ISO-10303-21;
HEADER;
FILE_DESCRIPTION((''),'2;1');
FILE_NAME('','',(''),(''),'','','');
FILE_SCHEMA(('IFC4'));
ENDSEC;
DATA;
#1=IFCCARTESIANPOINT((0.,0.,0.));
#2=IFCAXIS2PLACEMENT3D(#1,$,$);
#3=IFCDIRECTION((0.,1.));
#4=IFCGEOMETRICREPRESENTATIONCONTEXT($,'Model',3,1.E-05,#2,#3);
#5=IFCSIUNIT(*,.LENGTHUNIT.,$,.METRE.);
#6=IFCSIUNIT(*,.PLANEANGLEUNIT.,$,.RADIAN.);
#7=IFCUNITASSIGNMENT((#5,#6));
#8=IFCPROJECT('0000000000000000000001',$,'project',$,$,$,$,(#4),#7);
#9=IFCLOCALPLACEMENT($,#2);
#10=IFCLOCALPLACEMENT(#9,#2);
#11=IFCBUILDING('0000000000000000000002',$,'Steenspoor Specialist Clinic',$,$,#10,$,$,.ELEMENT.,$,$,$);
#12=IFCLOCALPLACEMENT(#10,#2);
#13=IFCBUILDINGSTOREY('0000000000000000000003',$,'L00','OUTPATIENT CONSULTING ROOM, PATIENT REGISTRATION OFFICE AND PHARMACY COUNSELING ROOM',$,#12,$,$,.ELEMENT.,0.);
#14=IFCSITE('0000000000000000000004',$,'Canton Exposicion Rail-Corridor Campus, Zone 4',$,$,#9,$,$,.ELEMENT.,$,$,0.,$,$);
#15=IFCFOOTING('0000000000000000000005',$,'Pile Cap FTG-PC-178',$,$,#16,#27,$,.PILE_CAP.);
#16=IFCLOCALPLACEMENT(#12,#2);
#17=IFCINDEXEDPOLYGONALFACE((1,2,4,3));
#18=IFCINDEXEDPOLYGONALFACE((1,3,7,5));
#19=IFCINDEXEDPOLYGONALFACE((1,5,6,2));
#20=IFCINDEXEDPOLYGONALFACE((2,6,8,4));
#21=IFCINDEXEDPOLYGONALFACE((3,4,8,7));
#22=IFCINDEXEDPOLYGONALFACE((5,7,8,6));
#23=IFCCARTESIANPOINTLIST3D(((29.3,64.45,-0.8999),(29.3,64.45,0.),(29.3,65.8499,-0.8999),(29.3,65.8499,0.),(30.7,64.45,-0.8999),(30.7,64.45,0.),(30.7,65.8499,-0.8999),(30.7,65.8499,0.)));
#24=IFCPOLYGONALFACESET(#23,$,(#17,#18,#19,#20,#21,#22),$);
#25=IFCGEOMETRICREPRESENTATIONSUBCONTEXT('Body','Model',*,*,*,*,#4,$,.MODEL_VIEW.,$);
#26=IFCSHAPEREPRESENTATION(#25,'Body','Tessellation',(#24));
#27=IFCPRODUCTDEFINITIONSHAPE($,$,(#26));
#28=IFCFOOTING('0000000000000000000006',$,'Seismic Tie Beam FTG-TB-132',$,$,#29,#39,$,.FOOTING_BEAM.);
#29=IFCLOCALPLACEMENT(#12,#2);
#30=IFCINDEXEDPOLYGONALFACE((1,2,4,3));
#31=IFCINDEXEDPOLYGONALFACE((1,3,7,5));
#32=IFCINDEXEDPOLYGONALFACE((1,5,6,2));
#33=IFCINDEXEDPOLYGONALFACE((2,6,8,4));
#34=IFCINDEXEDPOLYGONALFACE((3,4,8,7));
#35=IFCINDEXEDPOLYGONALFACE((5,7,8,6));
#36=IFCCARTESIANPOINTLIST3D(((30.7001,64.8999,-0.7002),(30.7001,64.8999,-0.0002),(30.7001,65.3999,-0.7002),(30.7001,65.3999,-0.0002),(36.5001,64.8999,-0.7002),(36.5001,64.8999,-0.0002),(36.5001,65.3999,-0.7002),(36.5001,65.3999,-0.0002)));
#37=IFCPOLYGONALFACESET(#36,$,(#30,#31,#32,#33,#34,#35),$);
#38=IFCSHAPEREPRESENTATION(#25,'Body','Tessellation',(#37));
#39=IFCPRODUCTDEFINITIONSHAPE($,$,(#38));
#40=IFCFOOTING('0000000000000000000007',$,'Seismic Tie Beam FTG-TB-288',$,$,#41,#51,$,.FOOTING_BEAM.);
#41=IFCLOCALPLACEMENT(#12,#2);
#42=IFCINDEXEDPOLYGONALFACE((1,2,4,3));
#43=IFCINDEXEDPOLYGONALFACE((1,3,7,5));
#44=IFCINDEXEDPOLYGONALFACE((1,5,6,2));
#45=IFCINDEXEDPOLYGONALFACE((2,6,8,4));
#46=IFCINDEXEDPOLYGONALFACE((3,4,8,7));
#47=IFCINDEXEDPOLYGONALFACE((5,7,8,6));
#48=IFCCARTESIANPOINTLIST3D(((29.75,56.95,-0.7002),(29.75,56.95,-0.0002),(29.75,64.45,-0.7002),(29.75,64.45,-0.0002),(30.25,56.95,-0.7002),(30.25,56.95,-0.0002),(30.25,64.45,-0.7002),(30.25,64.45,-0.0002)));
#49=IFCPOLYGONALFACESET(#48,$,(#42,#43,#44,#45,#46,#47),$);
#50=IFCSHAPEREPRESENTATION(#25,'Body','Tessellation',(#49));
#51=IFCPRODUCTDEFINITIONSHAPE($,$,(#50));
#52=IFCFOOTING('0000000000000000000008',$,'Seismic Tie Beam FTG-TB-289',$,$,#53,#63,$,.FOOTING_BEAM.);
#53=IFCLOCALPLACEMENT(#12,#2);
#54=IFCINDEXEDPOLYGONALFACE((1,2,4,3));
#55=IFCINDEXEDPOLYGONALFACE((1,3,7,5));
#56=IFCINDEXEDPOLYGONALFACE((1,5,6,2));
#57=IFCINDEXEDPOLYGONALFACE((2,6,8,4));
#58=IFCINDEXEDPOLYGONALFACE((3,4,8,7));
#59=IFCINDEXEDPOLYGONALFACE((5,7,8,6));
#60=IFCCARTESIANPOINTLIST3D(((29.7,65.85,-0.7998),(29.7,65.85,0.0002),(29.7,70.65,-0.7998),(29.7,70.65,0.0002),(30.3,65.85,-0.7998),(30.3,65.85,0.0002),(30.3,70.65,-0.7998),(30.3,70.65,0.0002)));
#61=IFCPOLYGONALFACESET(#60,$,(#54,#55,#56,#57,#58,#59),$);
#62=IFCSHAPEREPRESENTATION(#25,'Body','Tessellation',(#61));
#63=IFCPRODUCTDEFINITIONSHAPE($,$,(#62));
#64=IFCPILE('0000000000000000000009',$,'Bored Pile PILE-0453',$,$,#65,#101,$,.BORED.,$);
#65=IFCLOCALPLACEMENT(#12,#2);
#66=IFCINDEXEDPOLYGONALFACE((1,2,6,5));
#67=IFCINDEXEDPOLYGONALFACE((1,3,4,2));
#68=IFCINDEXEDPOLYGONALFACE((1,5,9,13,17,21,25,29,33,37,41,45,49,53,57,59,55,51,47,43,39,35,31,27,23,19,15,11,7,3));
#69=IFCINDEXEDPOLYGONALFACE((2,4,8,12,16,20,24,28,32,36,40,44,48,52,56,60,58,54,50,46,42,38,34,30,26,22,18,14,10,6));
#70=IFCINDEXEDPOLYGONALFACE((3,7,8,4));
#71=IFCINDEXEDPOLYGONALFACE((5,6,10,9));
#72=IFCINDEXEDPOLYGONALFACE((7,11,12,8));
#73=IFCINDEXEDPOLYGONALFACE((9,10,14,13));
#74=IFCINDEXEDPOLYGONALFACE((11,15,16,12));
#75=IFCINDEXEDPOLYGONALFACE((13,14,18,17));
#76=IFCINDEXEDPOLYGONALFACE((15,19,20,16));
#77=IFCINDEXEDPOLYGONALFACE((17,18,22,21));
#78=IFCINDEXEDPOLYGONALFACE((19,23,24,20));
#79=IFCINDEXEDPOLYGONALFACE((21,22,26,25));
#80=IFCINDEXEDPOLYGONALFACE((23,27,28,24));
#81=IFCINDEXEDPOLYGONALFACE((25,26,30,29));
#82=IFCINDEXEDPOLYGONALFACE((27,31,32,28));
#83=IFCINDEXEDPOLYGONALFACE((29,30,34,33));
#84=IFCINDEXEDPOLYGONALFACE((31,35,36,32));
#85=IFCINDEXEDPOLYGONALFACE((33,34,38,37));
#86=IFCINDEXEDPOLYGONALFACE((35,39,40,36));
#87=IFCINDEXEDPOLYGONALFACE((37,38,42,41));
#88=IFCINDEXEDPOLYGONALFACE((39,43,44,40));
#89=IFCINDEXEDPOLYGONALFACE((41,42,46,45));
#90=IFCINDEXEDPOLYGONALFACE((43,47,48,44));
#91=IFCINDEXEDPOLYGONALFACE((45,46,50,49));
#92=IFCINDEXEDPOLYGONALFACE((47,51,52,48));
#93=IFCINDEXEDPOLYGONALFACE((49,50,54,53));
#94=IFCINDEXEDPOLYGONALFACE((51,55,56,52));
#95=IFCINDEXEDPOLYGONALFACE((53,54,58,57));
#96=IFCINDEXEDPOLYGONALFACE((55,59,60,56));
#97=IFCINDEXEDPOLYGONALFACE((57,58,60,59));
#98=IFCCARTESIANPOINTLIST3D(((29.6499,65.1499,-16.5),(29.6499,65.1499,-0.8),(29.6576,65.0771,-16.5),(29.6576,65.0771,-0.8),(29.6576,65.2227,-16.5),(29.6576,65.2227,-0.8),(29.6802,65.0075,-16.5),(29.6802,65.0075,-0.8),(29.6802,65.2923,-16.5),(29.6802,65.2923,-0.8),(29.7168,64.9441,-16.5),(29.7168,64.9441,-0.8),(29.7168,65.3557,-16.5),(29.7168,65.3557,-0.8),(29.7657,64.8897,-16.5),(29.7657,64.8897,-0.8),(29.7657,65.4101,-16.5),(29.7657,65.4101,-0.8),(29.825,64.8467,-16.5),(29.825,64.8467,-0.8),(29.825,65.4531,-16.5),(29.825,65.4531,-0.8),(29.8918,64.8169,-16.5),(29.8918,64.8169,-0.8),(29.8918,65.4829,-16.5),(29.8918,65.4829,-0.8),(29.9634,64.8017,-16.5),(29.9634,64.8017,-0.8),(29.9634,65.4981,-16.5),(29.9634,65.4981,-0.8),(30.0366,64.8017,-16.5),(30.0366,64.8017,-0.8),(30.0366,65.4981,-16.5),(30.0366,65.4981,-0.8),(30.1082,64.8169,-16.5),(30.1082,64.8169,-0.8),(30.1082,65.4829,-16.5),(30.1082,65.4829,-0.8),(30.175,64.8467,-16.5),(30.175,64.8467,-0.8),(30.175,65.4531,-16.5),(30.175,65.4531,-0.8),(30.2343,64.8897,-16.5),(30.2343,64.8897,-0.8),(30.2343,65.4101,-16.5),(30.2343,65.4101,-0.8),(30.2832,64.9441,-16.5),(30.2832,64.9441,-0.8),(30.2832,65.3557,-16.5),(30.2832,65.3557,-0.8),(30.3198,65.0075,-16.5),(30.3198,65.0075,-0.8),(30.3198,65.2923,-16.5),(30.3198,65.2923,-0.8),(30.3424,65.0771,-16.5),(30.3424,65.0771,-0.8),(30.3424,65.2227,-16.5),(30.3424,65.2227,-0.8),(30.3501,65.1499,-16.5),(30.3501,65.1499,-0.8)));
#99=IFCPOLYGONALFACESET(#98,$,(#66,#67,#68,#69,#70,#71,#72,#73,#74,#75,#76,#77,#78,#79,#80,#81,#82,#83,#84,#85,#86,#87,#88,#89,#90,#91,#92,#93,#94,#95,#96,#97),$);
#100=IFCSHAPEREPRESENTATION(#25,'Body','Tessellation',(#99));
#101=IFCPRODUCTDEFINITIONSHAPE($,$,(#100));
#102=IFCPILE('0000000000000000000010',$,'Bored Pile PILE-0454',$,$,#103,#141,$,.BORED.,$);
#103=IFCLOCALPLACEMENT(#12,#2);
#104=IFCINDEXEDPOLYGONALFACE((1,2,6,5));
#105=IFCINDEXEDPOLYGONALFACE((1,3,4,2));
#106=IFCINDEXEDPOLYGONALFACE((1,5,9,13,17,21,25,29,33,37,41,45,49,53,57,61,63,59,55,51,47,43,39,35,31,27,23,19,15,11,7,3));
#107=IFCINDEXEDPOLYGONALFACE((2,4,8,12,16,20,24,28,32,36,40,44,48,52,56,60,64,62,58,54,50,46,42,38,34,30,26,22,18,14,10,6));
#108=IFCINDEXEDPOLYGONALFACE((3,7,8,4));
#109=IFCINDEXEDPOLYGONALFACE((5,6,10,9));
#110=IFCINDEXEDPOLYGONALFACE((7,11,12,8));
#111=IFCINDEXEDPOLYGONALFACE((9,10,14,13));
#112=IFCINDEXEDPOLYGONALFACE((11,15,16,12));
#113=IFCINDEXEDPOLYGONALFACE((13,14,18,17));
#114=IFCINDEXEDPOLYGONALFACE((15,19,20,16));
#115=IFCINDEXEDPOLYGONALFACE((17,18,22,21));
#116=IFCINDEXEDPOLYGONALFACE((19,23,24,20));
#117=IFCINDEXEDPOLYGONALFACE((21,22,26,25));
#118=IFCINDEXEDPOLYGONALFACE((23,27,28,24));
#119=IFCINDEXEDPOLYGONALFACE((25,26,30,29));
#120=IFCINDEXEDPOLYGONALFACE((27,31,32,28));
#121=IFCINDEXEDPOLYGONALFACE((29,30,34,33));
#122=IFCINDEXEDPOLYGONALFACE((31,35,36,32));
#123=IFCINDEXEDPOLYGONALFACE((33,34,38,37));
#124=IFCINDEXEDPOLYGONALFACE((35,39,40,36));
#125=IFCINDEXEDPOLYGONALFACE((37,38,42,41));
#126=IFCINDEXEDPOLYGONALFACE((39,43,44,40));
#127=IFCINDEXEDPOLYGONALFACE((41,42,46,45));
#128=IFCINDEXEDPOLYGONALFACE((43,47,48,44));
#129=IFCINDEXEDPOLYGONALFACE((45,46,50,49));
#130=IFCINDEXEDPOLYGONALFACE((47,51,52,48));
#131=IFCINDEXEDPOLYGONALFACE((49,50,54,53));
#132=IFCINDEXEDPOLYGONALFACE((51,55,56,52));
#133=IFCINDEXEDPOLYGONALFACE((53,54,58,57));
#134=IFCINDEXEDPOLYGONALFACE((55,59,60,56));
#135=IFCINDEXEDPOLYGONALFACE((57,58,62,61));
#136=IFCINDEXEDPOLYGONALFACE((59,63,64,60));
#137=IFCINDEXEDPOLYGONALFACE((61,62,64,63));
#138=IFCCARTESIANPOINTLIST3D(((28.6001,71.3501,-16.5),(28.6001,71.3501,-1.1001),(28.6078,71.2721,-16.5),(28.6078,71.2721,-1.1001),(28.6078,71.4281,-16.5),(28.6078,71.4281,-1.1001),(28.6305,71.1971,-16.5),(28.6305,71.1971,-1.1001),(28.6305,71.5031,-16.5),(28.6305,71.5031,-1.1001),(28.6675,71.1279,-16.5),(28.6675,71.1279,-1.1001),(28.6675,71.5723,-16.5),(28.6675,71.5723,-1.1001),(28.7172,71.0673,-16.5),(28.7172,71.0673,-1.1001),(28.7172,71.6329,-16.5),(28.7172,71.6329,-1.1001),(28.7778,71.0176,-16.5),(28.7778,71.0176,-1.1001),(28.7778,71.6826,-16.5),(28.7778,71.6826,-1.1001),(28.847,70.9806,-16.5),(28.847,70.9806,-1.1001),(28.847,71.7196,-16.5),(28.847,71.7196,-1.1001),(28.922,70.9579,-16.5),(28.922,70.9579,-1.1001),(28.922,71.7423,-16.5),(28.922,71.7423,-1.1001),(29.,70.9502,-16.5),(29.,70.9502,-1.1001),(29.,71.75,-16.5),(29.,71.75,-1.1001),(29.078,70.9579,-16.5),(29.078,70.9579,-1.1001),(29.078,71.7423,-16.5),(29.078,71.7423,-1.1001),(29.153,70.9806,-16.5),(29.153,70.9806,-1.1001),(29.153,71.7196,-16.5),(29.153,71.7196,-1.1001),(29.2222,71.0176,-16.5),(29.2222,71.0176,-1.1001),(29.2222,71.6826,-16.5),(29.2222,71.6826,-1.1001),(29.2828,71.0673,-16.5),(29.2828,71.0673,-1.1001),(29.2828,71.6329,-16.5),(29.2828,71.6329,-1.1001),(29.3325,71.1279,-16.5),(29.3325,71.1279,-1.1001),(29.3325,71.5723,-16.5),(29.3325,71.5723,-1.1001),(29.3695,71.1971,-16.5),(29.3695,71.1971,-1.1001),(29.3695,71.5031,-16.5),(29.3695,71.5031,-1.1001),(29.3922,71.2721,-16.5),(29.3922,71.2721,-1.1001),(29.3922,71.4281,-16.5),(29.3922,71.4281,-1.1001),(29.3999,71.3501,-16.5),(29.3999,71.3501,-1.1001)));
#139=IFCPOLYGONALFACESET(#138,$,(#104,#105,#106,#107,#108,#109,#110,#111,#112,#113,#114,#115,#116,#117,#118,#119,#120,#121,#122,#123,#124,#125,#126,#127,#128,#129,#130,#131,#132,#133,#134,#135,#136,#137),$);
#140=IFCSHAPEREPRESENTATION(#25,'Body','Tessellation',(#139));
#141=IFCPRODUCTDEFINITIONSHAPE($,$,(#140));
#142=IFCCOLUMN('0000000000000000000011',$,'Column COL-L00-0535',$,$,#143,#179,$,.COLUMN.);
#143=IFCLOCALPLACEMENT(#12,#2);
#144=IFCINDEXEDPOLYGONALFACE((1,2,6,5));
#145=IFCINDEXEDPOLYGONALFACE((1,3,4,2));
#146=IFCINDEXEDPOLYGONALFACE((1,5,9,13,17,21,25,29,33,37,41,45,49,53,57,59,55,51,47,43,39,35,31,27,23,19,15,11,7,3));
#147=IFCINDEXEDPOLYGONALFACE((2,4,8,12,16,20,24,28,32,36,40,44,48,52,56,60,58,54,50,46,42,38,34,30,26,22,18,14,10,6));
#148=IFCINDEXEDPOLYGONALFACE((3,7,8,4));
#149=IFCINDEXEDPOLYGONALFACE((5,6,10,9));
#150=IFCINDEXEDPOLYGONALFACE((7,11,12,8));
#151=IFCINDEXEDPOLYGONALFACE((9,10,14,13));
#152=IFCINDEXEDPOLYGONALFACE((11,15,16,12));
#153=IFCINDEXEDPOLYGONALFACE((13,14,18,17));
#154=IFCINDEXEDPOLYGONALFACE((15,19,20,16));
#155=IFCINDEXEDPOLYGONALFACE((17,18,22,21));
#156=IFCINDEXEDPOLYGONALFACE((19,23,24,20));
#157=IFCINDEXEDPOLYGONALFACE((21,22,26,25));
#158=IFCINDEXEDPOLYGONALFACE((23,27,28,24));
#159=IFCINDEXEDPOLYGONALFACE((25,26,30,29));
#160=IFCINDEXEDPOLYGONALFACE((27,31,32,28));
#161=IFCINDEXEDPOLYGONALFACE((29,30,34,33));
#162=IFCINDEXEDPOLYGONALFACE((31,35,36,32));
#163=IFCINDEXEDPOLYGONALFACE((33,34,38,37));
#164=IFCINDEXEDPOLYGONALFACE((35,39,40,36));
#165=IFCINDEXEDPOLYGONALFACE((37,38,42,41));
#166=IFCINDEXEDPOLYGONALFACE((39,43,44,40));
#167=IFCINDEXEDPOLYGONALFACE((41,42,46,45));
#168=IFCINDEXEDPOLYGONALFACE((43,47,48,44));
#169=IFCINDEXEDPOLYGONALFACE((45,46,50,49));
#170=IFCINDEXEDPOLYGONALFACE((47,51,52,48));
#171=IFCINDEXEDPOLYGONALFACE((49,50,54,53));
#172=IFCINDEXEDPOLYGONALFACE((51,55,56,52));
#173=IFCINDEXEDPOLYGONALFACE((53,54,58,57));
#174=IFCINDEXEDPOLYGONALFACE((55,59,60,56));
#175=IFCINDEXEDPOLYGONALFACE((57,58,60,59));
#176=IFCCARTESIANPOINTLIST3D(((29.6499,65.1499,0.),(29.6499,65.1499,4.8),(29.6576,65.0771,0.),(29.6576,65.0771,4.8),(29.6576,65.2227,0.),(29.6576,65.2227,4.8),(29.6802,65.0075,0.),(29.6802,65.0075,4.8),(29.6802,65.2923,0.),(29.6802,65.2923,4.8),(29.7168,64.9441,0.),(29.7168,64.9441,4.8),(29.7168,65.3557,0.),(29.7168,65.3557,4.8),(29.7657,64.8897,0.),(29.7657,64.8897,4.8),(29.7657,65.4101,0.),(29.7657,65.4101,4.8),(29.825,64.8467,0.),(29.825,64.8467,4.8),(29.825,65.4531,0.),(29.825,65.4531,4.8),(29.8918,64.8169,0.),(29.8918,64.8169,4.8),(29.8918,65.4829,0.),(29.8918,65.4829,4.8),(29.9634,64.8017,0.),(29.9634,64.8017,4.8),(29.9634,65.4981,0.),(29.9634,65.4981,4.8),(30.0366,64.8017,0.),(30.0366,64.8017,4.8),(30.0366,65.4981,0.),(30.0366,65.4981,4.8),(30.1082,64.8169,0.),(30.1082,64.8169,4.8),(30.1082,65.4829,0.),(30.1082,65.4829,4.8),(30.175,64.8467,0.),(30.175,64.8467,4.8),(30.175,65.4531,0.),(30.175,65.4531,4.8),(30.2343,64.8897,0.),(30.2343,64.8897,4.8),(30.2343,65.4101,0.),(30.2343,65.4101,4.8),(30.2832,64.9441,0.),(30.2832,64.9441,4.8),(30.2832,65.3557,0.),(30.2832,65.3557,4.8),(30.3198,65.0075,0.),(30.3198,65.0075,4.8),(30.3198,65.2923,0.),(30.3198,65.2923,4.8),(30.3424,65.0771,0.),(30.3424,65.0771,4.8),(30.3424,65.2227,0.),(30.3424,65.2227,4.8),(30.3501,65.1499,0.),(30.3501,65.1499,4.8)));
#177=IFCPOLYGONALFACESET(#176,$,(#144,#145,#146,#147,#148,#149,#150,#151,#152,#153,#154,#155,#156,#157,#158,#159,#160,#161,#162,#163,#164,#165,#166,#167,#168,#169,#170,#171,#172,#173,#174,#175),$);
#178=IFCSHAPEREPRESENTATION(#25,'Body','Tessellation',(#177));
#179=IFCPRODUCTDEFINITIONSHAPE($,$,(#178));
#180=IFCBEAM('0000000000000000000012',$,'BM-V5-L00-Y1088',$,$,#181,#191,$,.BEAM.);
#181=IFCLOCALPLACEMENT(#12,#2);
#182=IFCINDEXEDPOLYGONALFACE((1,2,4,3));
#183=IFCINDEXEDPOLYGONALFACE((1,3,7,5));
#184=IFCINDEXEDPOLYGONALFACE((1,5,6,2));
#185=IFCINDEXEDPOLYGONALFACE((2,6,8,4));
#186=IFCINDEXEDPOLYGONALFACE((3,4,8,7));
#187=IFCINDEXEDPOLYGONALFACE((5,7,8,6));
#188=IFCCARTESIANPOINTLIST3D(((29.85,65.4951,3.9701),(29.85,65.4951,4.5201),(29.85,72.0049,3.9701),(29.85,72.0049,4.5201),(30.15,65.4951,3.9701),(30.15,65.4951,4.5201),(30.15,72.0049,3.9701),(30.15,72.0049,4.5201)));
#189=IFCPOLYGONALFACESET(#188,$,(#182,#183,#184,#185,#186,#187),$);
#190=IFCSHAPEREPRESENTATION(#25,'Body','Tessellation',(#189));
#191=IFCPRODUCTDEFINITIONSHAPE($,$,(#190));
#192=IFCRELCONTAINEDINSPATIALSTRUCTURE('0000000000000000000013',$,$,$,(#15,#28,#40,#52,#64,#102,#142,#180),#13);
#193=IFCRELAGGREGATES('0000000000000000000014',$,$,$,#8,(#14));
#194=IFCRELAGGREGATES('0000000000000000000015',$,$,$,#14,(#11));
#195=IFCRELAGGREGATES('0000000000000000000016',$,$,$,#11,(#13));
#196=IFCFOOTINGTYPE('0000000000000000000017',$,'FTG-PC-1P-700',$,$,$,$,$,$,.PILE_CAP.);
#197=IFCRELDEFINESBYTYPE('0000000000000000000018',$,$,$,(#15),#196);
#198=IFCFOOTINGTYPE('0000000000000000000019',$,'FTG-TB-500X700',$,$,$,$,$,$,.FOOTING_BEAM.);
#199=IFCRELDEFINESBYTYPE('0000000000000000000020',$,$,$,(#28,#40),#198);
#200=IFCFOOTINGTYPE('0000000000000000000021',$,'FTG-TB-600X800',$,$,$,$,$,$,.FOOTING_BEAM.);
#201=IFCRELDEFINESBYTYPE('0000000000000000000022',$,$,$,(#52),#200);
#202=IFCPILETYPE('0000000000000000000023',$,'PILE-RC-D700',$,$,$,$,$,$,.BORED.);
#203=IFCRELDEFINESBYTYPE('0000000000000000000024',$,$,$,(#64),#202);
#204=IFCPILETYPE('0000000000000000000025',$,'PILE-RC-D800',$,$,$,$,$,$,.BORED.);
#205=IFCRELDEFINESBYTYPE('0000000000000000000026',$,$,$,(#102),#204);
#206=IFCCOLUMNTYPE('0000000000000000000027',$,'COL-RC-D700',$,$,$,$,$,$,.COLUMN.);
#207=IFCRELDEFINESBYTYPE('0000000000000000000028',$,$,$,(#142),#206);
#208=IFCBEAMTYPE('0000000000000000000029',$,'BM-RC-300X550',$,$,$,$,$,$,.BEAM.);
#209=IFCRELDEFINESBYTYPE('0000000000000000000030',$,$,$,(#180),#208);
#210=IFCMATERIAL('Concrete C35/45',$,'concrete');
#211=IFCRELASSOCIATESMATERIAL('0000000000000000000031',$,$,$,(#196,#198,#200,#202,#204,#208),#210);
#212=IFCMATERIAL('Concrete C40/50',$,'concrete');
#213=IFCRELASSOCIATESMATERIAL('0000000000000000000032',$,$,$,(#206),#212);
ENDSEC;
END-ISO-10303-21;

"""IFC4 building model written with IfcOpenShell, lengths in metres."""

from ifc_helpers import new_model, si_unit, direction, frame, origin, origin_2d, place, context, subcontext, project, spatial, rectangle, circle, extrude, material, material_profile, profile_set, type_object, element, save


model = new_model("IFC4")

# Units and contexts
model_context = context("Model", 3, precision=1e-05, world=origin(), true_north=direction((0.0, 1.0)))
body_context = subcontext(model_context, "Body", "Model", "MODEL_VIEW")
ifc_project = project(units=[si_unit("LENGTHUNIT", "METRE"), si_unit("PLANEANGLEUNIT", "RADIAN")], contexts=[model_context])

# Site, building, storey
site_placement = place(None, origin())
site = spatial("IfcSite", under=ifc_project, at=site_placement, Name="Canton Exposicion Rail-Corridor Campus, Zone 4", CompositionType="ELEMENT", RefElevation=0.0)
building_placement = place(site_placement, origin())
building = spatial("IfcBuilding", under=site, at=building_placement, Name="Steenspoor Specialist Clinic", CompositionType="ELEMENT")
storey_placement = place(building_placement, origin())
storey = spatial("IfcBuildingStorey", under=building, at=storey_placement, Name="L00", Description="OUTPATIENT CONSULTING ROOM, PATIENT REGISTRATION OFFICE AND PHARMACY COUNSELING ROOM", CompositionType="ELEMENT", Elevation=0.0)

# Footings
ifc_material_1 = material(Name="Concrete C35/45", Category="concrete")
footing_type_1 = type_object("IfcFootingType", Name="FTG-PC-1P-700", PredefinedType="PILE_CAP", material=ifc_material_1)
footing_1_placement = place(storey_placement, frame((30.0, 65.1499, -0.8999), z_axis=(0.0, 0.0, 1.0), x_axis=(1.0, 0.0, 0.0)))
element("IfcFooting", 1, at=footing_1_placement, inside=storey, type_object=footing_type_1, Name="Pile Cap FTG-PC-178", PredefinedType="PILE_CAP", context=body_context, shape_type="SweptSolid", body=[
    extrude(rectangle(XDim=1.3999, YDim=1.3999, at=origin_2d()), origin(), (0.0, 0.0, 1.0), 0.8999),
])
footing_type_2 = type_object("IfcFootingType", Name="FTG-TB-500X700", PredefinedType="FOOTING_BEAM", material=ifc_material_1)
footing_2_placement = place(storey_placement, frame((33.6001, 65.1499, -0.7002), z_axis=(0.0, 0.0, 1.0), x_axis=(1.0, 0.0, 0.0)))
element("IfcFooting", 2, at=footing_2_placement, inside=storey, type_object=footing_type_2, Name="Seismic Tie Beam FTG-TB-132", PredefinedType="FOOTING_BEAM", context=body_context, shape_type="SweptSolid", body=[
    extrude(rectangle(XDim=5.8, YDim=0.5, at=origin_2d()), origin(), (0.0, 0.0, 1.0), 0.7),
])
footing_3_placement = place(storey_placement, frame((30.0, 60.7, -0.7002), z_axis=(0.0, 0.0, 1.0), x_axis=(1.0, 0.0, 0.0)))
element("IfcFooting", 3, at=footing_3_placement, inside=storey, type_object=footing_type_2, Name="Seismic Tie Beam FTG-TB-288", PredefinedType="FOOTING_BEAM", context=body_context, shape_type="SweptSolid", body=[
    extrude(rectangle(XDim=0.5, YDim=7.5, at=origin_2d()), origin(), (0.0, 0.0, 1.0), 0.7),
])
footing_type_3 = type_object("IfcFootingType", Name="FTG-TB-600X800", PredefinedType="FOOTING_BEAM", material=ifc_material_1)
footing_4_placement = place(storey_placement, frame((30.0, 68.25, -0.7998), z_axis=(0.0, 0.0, 1.0), x_axis=(1.0, 0.0, 0.0)))
element("IfcFooting", 4, at=footing_4_placement, inside=storey, type_object=footing_type_3, Name="Seismic Tie Beam FTG-TB-289", PredefinedType="FOOTING_BEAM", context=body_context, shape_type="SweptSolid", body=[
    extrude(rectangle(XDim=0.6001, YDim=4.8, at=origin_2d()), origin(), (0.0, 0.0, 1.0), 0.8),
])

# Piles
ifc_material_profile_1 = material_profile(ifc_material_1, circle(Radius=0.3501, at=origin_2d()), Name="PILE-D700")
ifc_profile_set_1 = profile_set([ifc_material_profile_1], Name="Concrete C35/45")
pile_type_1 = type_object("IfcPileType", Name="PILE-RC-D700", PredefinedType="BORED", material=ifc_profile_set_1)
pile_1_placement = place(storey_placement, frame((30.0, 65.1499, -0.8), z_axis=(0.0, 0.0, -1.0), x_axis=(1.0, 0.0, 0.0)))
element("IfcPile", 5, at=pile_1_placement, inside=storey, type_object=pile_type_1, Name="Bored Pile PILE-0453", PredefinedType="BORED", context=body_context, shape_type="SweptSolid", body=[
    extrude(circle(Radius=0.3501, at=origin_2d()), origin(), (0.0, 0.0, 1.0), 15.7),
])
ifc_material_profile_2 = material_profile(ifc_material_1, circle(Radius=0.3999, at=origin_2d()), Name="PILE-D800")
ifc_profile_set_2 = profile_set([ifc_material_profile_2], Name="Concrete C35/45")
pile_type_2 = type_object("IfcPileType", Name="PILE-RC-D800", PredefinedType="BORED", material=ifc_profile_set_2)
pile_2_placement = place(storey_placement, frame((29.0, 71.3501, -1.1001), z_axis=(0.0, 0.0, -1.0), x_axis=(1.0, 0.0, 0.0)))
element("IfcPile", 6, at=pile_2_placement, inside=storey, type_object=pile_type_2, Name="Bored Pile PILE-0454", PredefinedType="BORED", context=body_context, shape_type="SweptSolid", body=[
    extrude(circle(Radius=0.3999, at=origin_2d()), origin(), (0.0, 0.0, 1.0), 15.3999),
])

# Column
ifc_material_2 = material(Name="Concrete C40/50", Category="concrete")
ifc_material_profile_3 = material_profile(ifc_material_2, circle(Radius=0.3501, at=origin_2d()), Name="RC-COL-D700")
ifc_profile_set_3 = profile_set([ifc_material_profile_3], Name="Concrete C40/50")
column_type = type_object("IfcColumnType", Name="COL-RC-D700", PredefinedType="COLUMN", material=ifc_profile_set_3)
column_placement = place(storey_placement, frame((30.0, 65.1499, 0.0), z_axis=(0.0, 0.0, 1.0), x_axis=(1.0, 0.0, 0.0)))
element("IfcColumn", 7, at=column_placement, inside=storey, type_object=column_type, Name="Column COL-L00-0535", PredefinedType="COLUMN", context=body_context, shape_type="SweptSolid", body=[
    extrude(circle(Radius=0.3501, at=origin_2d()), origin(), (0.0, 0.0, 1.0), 4.8),
])

# Beam
ifc_material_profile_4 = material_profile(ifc_material_1, rectangle(XDim=0.3, YDim=0.55, at=origin_2d()), Name="RC-BM-300X550")
ifc_profile_set_4 = profile_set([ifc_material_profile_4], Name="Concrete C35/45")
beam_type_1 = type_object("IfcBeamType", Name="BM-RC-300X550", PredefinedType="BEAM", material=ifc_profile_set_4)
beam_1_placement = place(storey_placement, frame((30.0, 65.4951, 4.2451), z_axis=(0.0, 1.0, 0.0), x_axis=(-1.0, 0.0, 0.0)))
element("IfcBeam", 8, at=beam_1_placement, inside=storey, type_object=beam_type_1, Name="BM-V5-L00-Y1088", PredefinedType="BEAM", context=body_context, shape_type="SweptSolid", body=[
    extrude(rectangle(XDim=0.3, YDim=0.55, at=origin_2d()), origin(), (0.0, 0.0, 1.0), 6.5098),
])

save(model, "model.ifc")
